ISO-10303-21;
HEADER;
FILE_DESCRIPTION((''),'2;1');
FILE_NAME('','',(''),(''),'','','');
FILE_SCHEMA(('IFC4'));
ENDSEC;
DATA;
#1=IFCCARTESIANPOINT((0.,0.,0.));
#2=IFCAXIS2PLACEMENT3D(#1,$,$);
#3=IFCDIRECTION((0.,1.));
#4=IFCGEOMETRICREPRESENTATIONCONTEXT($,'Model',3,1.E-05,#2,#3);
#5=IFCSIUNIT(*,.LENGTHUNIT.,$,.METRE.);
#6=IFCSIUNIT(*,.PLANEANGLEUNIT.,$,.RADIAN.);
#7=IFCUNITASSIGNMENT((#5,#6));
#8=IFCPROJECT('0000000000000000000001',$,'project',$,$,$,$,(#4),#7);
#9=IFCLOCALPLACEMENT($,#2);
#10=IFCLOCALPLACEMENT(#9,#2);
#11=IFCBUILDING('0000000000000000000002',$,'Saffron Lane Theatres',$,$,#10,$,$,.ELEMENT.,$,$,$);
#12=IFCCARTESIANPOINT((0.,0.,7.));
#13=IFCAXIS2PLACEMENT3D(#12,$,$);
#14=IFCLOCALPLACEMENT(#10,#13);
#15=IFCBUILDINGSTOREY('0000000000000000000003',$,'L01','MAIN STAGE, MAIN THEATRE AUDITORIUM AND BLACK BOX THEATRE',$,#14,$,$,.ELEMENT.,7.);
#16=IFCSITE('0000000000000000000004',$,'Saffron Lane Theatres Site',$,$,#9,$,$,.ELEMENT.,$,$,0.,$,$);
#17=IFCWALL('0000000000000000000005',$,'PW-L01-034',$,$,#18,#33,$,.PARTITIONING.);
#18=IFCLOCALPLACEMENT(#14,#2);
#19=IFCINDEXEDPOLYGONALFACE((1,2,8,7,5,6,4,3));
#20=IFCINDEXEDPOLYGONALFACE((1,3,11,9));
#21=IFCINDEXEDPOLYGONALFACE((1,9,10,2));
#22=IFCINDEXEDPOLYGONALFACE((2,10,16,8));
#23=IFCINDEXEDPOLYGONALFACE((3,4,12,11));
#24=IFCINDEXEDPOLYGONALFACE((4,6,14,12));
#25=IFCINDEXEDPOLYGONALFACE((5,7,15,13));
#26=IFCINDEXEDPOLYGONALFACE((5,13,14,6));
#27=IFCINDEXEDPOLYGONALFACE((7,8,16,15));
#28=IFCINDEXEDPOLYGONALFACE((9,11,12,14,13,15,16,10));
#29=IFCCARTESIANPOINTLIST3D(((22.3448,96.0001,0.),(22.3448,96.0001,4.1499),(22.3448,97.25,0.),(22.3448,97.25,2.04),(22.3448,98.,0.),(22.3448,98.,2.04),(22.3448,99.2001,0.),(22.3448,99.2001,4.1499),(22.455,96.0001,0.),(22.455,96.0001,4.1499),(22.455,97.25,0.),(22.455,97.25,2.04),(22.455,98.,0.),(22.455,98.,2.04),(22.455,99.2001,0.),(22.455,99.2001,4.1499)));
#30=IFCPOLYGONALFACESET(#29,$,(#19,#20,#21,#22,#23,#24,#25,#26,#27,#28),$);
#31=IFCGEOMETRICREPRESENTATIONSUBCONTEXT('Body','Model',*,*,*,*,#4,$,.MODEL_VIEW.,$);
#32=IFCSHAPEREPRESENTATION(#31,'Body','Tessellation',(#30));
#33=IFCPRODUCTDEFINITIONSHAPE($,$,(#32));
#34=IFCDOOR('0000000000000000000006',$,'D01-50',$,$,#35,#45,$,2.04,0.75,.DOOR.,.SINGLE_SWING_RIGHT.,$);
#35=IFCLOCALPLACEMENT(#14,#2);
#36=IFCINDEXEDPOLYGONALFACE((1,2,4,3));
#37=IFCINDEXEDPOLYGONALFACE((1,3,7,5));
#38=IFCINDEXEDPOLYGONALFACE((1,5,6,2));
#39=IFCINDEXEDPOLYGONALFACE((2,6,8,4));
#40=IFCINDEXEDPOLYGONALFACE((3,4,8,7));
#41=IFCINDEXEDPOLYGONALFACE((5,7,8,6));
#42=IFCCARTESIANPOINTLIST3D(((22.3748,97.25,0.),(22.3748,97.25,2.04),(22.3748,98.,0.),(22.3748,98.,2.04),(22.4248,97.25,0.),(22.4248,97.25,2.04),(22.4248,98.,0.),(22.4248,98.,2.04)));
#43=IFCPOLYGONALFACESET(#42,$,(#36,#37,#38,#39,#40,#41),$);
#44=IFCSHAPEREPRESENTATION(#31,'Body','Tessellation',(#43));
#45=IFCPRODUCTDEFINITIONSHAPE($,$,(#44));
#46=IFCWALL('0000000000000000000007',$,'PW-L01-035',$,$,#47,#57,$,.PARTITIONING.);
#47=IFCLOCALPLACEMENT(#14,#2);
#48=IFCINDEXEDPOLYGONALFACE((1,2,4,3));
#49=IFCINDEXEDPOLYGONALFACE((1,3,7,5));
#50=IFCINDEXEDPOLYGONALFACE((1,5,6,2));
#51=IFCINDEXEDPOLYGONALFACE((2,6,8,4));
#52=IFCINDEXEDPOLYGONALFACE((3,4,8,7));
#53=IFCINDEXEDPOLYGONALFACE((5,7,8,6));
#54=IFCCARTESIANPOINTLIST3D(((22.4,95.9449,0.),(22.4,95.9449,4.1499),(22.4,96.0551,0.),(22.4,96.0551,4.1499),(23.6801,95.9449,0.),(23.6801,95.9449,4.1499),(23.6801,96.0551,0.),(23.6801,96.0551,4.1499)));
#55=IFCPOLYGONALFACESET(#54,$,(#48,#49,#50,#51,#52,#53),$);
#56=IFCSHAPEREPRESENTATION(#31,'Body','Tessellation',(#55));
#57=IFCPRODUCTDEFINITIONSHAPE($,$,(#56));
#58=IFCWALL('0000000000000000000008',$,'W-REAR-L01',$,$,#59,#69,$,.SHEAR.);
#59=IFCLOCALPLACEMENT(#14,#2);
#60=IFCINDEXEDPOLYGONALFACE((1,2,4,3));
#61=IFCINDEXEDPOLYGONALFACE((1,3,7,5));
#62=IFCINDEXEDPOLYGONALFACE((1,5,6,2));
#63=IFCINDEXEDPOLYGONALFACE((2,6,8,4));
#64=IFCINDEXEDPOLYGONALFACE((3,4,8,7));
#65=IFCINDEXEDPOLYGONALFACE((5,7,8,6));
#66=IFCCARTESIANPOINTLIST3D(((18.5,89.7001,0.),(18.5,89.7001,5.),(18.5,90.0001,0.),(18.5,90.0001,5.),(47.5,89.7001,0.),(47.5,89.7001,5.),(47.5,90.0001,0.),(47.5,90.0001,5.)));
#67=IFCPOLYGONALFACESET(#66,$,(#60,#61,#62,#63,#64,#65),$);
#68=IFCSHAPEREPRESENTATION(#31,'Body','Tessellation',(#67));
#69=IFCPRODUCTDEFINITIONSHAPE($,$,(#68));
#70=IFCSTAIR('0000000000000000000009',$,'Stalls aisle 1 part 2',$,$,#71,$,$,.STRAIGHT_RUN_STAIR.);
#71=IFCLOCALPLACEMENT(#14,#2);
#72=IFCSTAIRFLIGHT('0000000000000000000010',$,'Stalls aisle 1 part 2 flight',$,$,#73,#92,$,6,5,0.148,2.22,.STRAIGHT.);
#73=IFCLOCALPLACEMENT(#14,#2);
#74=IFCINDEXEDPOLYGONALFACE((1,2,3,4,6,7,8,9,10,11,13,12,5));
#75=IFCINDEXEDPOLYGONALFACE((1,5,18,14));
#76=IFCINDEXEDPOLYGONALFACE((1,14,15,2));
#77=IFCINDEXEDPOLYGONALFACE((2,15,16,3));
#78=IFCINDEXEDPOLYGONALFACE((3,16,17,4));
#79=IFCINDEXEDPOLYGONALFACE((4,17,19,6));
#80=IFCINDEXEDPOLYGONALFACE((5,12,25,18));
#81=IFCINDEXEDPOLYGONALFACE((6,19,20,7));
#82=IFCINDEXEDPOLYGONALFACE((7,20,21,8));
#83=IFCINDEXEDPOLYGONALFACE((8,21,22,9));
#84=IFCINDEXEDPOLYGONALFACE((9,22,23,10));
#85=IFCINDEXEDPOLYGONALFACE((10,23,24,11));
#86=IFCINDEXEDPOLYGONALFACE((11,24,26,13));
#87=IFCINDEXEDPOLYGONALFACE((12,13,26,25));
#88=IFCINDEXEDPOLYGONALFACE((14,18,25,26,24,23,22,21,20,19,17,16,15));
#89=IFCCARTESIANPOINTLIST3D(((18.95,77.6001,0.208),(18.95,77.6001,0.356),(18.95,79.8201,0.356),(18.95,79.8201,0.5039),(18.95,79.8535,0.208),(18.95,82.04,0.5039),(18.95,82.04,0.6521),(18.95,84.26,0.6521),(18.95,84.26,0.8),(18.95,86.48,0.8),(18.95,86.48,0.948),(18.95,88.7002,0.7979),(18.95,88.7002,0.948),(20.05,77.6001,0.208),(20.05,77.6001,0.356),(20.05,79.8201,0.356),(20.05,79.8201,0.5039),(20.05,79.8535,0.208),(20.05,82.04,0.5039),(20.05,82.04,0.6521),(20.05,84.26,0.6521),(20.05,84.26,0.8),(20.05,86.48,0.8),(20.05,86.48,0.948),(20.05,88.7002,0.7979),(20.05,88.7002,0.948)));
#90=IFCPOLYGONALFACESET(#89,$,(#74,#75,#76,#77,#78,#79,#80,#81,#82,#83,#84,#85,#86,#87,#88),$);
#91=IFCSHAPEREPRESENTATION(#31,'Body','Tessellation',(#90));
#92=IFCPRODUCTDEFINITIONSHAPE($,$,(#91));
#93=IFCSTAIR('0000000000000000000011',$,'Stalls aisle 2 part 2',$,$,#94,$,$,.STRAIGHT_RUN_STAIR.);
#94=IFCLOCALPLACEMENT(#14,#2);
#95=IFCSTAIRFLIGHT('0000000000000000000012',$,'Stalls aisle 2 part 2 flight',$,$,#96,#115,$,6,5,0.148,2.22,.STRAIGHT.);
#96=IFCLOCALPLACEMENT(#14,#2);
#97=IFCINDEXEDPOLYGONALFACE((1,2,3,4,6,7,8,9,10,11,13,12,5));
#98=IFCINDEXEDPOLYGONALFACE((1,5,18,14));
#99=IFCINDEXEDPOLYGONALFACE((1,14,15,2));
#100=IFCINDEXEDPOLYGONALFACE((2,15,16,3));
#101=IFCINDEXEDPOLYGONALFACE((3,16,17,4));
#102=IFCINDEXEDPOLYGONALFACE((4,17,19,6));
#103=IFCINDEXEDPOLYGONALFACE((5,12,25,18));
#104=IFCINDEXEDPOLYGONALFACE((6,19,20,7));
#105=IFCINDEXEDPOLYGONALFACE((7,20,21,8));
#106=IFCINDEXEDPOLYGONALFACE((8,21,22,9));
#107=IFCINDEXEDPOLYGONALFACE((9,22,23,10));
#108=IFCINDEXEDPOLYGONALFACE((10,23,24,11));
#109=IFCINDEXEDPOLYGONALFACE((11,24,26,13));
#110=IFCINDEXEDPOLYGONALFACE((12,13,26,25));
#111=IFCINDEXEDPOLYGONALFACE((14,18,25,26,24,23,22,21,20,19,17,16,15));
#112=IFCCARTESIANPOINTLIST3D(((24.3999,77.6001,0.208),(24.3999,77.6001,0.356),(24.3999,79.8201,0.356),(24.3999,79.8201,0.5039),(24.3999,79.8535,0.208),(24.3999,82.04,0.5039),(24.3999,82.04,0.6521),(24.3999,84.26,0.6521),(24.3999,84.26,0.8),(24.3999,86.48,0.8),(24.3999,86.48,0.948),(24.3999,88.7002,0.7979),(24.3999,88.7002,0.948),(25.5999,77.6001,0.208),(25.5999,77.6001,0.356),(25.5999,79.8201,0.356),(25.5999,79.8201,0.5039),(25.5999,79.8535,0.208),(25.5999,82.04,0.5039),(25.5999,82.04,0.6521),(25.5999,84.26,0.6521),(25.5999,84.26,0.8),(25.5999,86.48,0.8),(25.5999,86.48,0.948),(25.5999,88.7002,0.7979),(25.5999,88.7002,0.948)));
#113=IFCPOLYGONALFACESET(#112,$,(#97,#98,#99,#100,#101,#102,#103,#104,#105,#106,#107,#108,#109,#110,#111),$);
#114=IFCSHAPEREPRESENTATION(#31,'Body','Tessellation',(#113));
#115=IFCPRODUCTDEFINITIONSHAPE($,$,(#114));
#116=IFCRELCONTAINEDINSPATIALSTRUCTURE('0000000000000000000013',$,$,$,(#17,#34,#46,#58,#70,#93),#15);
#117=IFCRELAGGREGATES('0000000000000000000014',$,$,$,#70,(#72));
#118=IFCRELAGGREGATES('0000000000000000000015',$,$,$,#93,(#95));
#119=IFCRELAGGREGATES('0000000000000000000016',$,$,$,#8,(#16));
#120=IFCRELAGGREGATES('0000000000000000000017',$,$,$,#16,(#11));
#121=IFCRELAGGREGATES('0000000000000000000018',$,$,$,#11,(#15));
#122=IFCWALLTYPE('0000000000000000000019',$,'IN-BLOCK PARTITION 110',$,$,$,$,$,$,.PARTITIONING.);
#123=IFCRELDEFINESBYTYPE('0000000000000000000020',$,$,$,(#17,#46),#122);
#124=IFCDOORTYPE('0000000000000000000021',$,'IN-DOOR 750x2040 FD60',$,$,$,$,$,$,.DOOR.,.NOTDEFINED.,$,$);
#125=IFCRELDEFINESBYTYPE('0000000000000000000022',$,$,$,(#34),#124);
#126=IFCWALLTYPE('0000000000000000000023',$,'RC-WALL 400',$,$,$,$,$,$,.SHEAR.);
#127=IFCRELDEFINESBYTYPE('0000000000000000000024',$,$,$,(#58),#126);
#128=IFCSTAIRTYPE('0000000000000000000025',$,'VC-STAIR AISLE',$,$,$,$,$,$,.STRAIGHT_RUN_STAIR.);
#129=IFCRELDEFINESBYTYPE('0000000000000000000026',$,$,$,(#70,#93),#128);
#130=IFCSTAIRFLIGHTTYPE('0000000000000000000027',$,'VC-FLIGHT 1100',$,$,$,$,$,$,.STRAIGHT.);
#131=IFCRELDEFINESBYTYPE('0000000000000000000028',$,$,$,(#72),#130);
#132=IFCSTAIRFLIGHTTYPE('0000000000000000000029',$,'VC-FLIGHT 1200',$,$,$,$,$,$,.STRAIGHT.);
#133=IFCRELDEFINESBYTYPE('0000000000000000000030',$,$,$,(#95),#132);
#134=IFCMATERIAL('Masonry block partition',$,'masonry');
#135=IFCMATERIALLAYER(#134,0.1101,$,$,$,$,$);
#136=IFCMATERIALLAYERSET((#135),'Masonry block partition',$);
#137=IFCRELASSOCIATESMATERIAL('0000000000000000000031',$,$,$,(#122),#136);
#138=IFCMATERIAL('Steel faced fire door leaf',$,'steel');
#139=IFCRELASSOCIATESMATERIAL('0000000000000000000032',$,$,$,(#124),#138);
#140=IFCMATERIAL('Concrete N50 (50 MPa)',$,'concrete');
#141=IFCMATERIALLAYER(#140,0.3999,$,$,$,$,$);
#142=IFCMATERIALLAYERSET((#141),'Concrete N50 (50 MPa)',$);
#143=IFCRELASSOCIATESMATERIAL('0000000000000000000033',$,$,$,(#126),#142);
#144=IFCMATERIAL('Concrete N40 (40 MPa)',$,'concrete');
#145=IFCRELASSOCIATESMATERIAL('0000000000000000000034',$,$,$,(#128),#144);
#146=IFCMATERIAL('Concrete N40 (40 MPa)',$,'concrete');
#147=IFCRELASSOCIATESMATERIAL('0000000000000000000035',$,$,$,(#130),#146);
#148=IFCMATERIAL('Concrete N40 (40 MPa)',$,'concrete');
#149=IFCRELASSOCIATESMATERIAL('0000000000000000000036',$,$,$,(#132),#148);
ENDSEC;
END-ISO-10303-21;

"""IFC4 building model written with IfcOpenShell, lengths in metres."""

from ifc_helpers import new_model, si_unit, direction, frame, frame_2d, origin, place, context, subcontext, project, spatial, polyline, rectangle, outline, extrude, material, layer, layer_set, type_object, element, fill, aggregate, save


model = new_model("IFC4")

# Units and contexts
model_context = context("Model", 3, precision=1e-05, world=origin(), true_north=direction((0.0, 1.0)))
body_context = subcontext(model_context, "Body", "Model", "MODEL_VIEW")
ifc_project = project(units=[si_unit("LENGTHUNIT", "METRE"), si_unit("PLANEANGLEUNIT", "RADIAN")], contexts=[model_context])

# Site, building, storey
site_placement = place(None, origin())
site = spatial("IfcSite", under=ifc_project, at=site_placement, Name="Saffron Lane Theatres Site", CompositionType="ELEMENT", RefElevation=0.0)
building_placement = place(site_placement, origin())
building = spatial("IfcBuilding", under=site, at=building_placement, Name="Saffron Lane Theatres", CompositionType="ELEMENT")
storey_placement = place(building_placement, frame((0.0, 0.0, 7.0)))
storey = spatial("IfcBuildingStorey", under=building, at=storey_placement, Name="L01", Description="MAIN STAGE, MAIN THEATRE AUDITORIUM AND BLACK BOX THEATRE", CompositionType="ELEMENT", Elevation=7.0)

# Wall, opening, door
ifc_material_1 = material(Name="Masonry block partition", Category="masonry")
ifc_layer_1 = layer(ifc_material_1, 0.1101)
ifc_layer_set_1 = layer_set([ifc_layer_1], Name="Masonry block partition")
wall_type_1 = type_object("IfcWallType", Name="IN-BLOCK PARTITION 110", PredefinedType="PARTITIONING", material=ifc_layer_set_1)
wall_1_placement = place(storey_placement, frame((22.3999, 96.0, 0.0), z_axis=(0.0, 0.0, 1.0), x_axis=(0.0, 1.0, 0.0)))
wall_1 = element("IfcWall", 1, at=wall_1_placement, inside=storey, type_object=wall_type_1, Name="PW-L01-034", PredefinedType="PARTITIONING", context=body_context, shape_type="SweptSolid", body=[
    extrude(rectangle(XDim=3.2, YDim=0.1101, at=frame_2d((1.6001, 0.0))), origin(), (0.0, 0.0, 1.0), 4.1499),
])
opening_placement = place(wall_1_placement, frame((1.25, 0.0, 0.0)))
opening = element("IfcOpeningElement", 2, at=opening_placement, cuts=wall_1, PredefinedType="OPENING", context=body_context, shape_type="SweptSolid", body=[
    extrude(rectangle(XDim=0.75, YDim=2.04, at=frame_2d((0.375, 1.02))), frame((0.0, 0.0649, 0.0), z_axis=(0.0, -1.0, 0.0), x_axis=(1.0, 0.0, 0.0)), (0.0, 0.0, 1.0), 0.1301),
])
ifc_material_2 = material(Name="Steel faced fire door leaf", Category="steel")
door_type = type_object("IfcDoorType", Name="IN-DOOR 750x2040 FD60", OperationType="NOTDEFINED", PredefinedType="DOOR", material=ifc_material_2)
door_placement = place(opening_placement, frame((0.75, 0.0, 0.0), z_axis=(0.0, 0.0, 1.0), x_axis=(-1.0, 0.0, 0.0)))
door = element("IfcDoor", 3, at=door_placement, inside=storey, type_object=door_type, Name="D01-50", OperationType="SINGLE_SWING_RIGHT", OverallHeight=2.04, OverallWidth=0.75, PredefinedType="DOOR", context=body_context, shape_type="SweptSolid", body=[
    extrude(rectangle(XDim=0.75, YDim=2.04, at=frame_2d((0.375, 1.02))), frame((0.0, 0.0249, 0.0), z_axis=(0.0, -1.0, 0.0), x_axis=(1.0, 0.0, 0.0)), (0.0, 0.0, 1.0), 0.05),
])
fill(opening, door)

# Walls
wall_2_placement = place(storey_placement, frame((22.3999, 96.0, 0.0), z_axis=(0.0, 0.0, 1.0), x_axis=(1.0, 0.0, 0.0)))
element("IfcWall", 4, at=wall_2_placement, inside=storey, type_object=wall_type_1, Name="PW-L01-035", PredefinedType="PARTITIONING", context=body_context, shape_type="SweptSolid", body=[
    extrude(rectangle(XDim=1.28, YDim=0.1101, at=frame_2d((0.6401, 0.0))), origin(), (0.0, 0.0, 1.0), 4.1499),
])
ifc_material_3 = material(Name="Concrete N50 (50 MPa)", Category="concrete")
ifc_layer_2 = layer(ifc_material_3, 0.3999)
ifc_layer_set_2 = layer_set([ifc_layer_2], Name="Concrete N50 (50 MPa)")
wall_type_2 = type_object("IfcWallType", Name="RC-WALL 400", PredefinedType="SHEAR", material=ifc_layer_set_2)
wall_3_placement = place(storey_placement, frame((18.5, 89.8501, 0.0), z_axis=(0.0, 0.0, 1.0), x_axis=(1.0, 0.0, 0.0)))
element("IfcWall", 5, at=wall_3_placement, inside=storey, type_object=wall_type_2, Name="W-REAR-L01", PredefinedType="SHEAR", context=body_context, shape_type="SweptSolid", body=[
    extrude(rectangle(XDim=29.0, YDim=0.3, at=frame_2d((14.5, 0.0))), origin(), (0.0, 0.0, 1.0), 5.0),
])

# Stairs, stair flights
ifc_material_4 = material(Name="Concrete N40 (40 MPa)", Category="concrete")
stair_type = type_object("IfcStairType", Name="VC-STAIR AISLE", PredefinedType="STRAIGHT_RUN_STAIR", material=ifc_material_4)
stair_1_placement = place(storey_placement, origin())
stair_1 = element("IfcStair", 6, at=stair_1_placement, inside=storey, type_object=stair_type, Name="Stalls aisle 1 part 2", PredefinedType="STRAIGHT_RUN_STAIR")
ifc_material_5 = material(Name="Concrete N40 (40 MPa)", Category="concrete")
stair_flight_type_1 = type_object("IfcStairFlightType", Name="VC-FLIGHT 1100", PredefinedType="STRAIGHT", material=ifc_material_5)
stair_flight_1_placement = place(storey_placement, frame((19.5, 77.6001, 0.208), z_axis=(0.0, 0.0, 1.0), x_axis=(0.0, 1.0, 0.0)))
stair_flight_1 = element("IfcStairFlight", 7, at=stair_flight_1_placement, type_object=stair_flight_type_1, Name="Stalls aisle 1 part 2 flight", NumberOfRisers=6, NumberOfTreads=5, PredefinedType="STRAIGHT", RiserHeight=0.148, TreadLength=2.22, context=body_context, shape_type="SweptSolid", body=[
    extrude(outline(polyline([(0.0, 0.0), (0.0, 0.1479), (2.22, 0.1479), (2.22, 0.2959), (4.4399, 0.2959), (4.4399, 0.4441), (6.6599, 0.4441), (6.6599, 0.592), (8.8799, 0.592), (8.8799, 0.74), (11.1001, 0.74), (11.1001, 0.8879), (11.1001, 0.5898), (2.2534, 0.0), (0.0, 0.0)])), frame((0.0, 0.55, 0.0), z_axis=(0.0, -1.0, 0.0), x_axis=(1.0, 0.0, 0.0)), (0.0, 0.0, 1.0), 1.1001),
])
aggregate(stair_1, [stair_flight_1])
stair_2_placement = place(storey_placement, origin())
stair_2 = element("IfcStair", 8, at=stair_2_placement, inside=storey, type_object=stair_type, Name="Stalls aisle 2 part 2", PredefinedType="STRAIGHT_RUN_STAIR")
ifc_material_6 = material(Name="Concrete N40 (40 MPa)", Category="concrete")
stair_flight_type_2 = type_object("IfcStairFlightType", Name="VC-FLIGHT 1200", PredefinedType="STRAIGHT", material=ifc_material_6)
stair_flight_2_placement = place(storey_placement, frame((25.0, 77.6001, 0.208), z_axis=(0.0, 0.0, 1.0), x_axis=(0.0, 1.0, 0.0)))
stair_flight_2 = element("IfcStairFlight", 9, at=stair_flight_2_placement, type_object=stair_flight_type_2, Name="Stalls aisle 2 part 2 flight", NumberOfRisers=6, NumberOfTreads=5, PredefinedType="STRAIGHT", RiserHeight=0.148, TreadLength=2.22, context=body_context, shape_type="SweptSolid", body=[
    extrude(outline(polyline([(0.0, 0.0), (0.0, 0.1479), (2.22, 0.1479), (2.22, 0.2959), (4.4399, 0.2959), (4.4399, 0.4441), (6.6599, 0.4441), (6.6599, 0.592), (8.8799, 0.592), (8.8799, 0.74), (11.1001, 0.74), (11.1001, 0.8879), (11.1001, 0.5898), (2.2534, 0.0), (0.0, 0.0)])), frame((0.0, 0.6001, 0.0), z_axis=(0.0, -1.0, 0.0), x_axis=(1.0, 0.0, 0.0)), (0.0, 0.0, 1.0), 1.2),
])
aggregate(stair_2, [stair_flight_2])

save(model, "model.ifc")
